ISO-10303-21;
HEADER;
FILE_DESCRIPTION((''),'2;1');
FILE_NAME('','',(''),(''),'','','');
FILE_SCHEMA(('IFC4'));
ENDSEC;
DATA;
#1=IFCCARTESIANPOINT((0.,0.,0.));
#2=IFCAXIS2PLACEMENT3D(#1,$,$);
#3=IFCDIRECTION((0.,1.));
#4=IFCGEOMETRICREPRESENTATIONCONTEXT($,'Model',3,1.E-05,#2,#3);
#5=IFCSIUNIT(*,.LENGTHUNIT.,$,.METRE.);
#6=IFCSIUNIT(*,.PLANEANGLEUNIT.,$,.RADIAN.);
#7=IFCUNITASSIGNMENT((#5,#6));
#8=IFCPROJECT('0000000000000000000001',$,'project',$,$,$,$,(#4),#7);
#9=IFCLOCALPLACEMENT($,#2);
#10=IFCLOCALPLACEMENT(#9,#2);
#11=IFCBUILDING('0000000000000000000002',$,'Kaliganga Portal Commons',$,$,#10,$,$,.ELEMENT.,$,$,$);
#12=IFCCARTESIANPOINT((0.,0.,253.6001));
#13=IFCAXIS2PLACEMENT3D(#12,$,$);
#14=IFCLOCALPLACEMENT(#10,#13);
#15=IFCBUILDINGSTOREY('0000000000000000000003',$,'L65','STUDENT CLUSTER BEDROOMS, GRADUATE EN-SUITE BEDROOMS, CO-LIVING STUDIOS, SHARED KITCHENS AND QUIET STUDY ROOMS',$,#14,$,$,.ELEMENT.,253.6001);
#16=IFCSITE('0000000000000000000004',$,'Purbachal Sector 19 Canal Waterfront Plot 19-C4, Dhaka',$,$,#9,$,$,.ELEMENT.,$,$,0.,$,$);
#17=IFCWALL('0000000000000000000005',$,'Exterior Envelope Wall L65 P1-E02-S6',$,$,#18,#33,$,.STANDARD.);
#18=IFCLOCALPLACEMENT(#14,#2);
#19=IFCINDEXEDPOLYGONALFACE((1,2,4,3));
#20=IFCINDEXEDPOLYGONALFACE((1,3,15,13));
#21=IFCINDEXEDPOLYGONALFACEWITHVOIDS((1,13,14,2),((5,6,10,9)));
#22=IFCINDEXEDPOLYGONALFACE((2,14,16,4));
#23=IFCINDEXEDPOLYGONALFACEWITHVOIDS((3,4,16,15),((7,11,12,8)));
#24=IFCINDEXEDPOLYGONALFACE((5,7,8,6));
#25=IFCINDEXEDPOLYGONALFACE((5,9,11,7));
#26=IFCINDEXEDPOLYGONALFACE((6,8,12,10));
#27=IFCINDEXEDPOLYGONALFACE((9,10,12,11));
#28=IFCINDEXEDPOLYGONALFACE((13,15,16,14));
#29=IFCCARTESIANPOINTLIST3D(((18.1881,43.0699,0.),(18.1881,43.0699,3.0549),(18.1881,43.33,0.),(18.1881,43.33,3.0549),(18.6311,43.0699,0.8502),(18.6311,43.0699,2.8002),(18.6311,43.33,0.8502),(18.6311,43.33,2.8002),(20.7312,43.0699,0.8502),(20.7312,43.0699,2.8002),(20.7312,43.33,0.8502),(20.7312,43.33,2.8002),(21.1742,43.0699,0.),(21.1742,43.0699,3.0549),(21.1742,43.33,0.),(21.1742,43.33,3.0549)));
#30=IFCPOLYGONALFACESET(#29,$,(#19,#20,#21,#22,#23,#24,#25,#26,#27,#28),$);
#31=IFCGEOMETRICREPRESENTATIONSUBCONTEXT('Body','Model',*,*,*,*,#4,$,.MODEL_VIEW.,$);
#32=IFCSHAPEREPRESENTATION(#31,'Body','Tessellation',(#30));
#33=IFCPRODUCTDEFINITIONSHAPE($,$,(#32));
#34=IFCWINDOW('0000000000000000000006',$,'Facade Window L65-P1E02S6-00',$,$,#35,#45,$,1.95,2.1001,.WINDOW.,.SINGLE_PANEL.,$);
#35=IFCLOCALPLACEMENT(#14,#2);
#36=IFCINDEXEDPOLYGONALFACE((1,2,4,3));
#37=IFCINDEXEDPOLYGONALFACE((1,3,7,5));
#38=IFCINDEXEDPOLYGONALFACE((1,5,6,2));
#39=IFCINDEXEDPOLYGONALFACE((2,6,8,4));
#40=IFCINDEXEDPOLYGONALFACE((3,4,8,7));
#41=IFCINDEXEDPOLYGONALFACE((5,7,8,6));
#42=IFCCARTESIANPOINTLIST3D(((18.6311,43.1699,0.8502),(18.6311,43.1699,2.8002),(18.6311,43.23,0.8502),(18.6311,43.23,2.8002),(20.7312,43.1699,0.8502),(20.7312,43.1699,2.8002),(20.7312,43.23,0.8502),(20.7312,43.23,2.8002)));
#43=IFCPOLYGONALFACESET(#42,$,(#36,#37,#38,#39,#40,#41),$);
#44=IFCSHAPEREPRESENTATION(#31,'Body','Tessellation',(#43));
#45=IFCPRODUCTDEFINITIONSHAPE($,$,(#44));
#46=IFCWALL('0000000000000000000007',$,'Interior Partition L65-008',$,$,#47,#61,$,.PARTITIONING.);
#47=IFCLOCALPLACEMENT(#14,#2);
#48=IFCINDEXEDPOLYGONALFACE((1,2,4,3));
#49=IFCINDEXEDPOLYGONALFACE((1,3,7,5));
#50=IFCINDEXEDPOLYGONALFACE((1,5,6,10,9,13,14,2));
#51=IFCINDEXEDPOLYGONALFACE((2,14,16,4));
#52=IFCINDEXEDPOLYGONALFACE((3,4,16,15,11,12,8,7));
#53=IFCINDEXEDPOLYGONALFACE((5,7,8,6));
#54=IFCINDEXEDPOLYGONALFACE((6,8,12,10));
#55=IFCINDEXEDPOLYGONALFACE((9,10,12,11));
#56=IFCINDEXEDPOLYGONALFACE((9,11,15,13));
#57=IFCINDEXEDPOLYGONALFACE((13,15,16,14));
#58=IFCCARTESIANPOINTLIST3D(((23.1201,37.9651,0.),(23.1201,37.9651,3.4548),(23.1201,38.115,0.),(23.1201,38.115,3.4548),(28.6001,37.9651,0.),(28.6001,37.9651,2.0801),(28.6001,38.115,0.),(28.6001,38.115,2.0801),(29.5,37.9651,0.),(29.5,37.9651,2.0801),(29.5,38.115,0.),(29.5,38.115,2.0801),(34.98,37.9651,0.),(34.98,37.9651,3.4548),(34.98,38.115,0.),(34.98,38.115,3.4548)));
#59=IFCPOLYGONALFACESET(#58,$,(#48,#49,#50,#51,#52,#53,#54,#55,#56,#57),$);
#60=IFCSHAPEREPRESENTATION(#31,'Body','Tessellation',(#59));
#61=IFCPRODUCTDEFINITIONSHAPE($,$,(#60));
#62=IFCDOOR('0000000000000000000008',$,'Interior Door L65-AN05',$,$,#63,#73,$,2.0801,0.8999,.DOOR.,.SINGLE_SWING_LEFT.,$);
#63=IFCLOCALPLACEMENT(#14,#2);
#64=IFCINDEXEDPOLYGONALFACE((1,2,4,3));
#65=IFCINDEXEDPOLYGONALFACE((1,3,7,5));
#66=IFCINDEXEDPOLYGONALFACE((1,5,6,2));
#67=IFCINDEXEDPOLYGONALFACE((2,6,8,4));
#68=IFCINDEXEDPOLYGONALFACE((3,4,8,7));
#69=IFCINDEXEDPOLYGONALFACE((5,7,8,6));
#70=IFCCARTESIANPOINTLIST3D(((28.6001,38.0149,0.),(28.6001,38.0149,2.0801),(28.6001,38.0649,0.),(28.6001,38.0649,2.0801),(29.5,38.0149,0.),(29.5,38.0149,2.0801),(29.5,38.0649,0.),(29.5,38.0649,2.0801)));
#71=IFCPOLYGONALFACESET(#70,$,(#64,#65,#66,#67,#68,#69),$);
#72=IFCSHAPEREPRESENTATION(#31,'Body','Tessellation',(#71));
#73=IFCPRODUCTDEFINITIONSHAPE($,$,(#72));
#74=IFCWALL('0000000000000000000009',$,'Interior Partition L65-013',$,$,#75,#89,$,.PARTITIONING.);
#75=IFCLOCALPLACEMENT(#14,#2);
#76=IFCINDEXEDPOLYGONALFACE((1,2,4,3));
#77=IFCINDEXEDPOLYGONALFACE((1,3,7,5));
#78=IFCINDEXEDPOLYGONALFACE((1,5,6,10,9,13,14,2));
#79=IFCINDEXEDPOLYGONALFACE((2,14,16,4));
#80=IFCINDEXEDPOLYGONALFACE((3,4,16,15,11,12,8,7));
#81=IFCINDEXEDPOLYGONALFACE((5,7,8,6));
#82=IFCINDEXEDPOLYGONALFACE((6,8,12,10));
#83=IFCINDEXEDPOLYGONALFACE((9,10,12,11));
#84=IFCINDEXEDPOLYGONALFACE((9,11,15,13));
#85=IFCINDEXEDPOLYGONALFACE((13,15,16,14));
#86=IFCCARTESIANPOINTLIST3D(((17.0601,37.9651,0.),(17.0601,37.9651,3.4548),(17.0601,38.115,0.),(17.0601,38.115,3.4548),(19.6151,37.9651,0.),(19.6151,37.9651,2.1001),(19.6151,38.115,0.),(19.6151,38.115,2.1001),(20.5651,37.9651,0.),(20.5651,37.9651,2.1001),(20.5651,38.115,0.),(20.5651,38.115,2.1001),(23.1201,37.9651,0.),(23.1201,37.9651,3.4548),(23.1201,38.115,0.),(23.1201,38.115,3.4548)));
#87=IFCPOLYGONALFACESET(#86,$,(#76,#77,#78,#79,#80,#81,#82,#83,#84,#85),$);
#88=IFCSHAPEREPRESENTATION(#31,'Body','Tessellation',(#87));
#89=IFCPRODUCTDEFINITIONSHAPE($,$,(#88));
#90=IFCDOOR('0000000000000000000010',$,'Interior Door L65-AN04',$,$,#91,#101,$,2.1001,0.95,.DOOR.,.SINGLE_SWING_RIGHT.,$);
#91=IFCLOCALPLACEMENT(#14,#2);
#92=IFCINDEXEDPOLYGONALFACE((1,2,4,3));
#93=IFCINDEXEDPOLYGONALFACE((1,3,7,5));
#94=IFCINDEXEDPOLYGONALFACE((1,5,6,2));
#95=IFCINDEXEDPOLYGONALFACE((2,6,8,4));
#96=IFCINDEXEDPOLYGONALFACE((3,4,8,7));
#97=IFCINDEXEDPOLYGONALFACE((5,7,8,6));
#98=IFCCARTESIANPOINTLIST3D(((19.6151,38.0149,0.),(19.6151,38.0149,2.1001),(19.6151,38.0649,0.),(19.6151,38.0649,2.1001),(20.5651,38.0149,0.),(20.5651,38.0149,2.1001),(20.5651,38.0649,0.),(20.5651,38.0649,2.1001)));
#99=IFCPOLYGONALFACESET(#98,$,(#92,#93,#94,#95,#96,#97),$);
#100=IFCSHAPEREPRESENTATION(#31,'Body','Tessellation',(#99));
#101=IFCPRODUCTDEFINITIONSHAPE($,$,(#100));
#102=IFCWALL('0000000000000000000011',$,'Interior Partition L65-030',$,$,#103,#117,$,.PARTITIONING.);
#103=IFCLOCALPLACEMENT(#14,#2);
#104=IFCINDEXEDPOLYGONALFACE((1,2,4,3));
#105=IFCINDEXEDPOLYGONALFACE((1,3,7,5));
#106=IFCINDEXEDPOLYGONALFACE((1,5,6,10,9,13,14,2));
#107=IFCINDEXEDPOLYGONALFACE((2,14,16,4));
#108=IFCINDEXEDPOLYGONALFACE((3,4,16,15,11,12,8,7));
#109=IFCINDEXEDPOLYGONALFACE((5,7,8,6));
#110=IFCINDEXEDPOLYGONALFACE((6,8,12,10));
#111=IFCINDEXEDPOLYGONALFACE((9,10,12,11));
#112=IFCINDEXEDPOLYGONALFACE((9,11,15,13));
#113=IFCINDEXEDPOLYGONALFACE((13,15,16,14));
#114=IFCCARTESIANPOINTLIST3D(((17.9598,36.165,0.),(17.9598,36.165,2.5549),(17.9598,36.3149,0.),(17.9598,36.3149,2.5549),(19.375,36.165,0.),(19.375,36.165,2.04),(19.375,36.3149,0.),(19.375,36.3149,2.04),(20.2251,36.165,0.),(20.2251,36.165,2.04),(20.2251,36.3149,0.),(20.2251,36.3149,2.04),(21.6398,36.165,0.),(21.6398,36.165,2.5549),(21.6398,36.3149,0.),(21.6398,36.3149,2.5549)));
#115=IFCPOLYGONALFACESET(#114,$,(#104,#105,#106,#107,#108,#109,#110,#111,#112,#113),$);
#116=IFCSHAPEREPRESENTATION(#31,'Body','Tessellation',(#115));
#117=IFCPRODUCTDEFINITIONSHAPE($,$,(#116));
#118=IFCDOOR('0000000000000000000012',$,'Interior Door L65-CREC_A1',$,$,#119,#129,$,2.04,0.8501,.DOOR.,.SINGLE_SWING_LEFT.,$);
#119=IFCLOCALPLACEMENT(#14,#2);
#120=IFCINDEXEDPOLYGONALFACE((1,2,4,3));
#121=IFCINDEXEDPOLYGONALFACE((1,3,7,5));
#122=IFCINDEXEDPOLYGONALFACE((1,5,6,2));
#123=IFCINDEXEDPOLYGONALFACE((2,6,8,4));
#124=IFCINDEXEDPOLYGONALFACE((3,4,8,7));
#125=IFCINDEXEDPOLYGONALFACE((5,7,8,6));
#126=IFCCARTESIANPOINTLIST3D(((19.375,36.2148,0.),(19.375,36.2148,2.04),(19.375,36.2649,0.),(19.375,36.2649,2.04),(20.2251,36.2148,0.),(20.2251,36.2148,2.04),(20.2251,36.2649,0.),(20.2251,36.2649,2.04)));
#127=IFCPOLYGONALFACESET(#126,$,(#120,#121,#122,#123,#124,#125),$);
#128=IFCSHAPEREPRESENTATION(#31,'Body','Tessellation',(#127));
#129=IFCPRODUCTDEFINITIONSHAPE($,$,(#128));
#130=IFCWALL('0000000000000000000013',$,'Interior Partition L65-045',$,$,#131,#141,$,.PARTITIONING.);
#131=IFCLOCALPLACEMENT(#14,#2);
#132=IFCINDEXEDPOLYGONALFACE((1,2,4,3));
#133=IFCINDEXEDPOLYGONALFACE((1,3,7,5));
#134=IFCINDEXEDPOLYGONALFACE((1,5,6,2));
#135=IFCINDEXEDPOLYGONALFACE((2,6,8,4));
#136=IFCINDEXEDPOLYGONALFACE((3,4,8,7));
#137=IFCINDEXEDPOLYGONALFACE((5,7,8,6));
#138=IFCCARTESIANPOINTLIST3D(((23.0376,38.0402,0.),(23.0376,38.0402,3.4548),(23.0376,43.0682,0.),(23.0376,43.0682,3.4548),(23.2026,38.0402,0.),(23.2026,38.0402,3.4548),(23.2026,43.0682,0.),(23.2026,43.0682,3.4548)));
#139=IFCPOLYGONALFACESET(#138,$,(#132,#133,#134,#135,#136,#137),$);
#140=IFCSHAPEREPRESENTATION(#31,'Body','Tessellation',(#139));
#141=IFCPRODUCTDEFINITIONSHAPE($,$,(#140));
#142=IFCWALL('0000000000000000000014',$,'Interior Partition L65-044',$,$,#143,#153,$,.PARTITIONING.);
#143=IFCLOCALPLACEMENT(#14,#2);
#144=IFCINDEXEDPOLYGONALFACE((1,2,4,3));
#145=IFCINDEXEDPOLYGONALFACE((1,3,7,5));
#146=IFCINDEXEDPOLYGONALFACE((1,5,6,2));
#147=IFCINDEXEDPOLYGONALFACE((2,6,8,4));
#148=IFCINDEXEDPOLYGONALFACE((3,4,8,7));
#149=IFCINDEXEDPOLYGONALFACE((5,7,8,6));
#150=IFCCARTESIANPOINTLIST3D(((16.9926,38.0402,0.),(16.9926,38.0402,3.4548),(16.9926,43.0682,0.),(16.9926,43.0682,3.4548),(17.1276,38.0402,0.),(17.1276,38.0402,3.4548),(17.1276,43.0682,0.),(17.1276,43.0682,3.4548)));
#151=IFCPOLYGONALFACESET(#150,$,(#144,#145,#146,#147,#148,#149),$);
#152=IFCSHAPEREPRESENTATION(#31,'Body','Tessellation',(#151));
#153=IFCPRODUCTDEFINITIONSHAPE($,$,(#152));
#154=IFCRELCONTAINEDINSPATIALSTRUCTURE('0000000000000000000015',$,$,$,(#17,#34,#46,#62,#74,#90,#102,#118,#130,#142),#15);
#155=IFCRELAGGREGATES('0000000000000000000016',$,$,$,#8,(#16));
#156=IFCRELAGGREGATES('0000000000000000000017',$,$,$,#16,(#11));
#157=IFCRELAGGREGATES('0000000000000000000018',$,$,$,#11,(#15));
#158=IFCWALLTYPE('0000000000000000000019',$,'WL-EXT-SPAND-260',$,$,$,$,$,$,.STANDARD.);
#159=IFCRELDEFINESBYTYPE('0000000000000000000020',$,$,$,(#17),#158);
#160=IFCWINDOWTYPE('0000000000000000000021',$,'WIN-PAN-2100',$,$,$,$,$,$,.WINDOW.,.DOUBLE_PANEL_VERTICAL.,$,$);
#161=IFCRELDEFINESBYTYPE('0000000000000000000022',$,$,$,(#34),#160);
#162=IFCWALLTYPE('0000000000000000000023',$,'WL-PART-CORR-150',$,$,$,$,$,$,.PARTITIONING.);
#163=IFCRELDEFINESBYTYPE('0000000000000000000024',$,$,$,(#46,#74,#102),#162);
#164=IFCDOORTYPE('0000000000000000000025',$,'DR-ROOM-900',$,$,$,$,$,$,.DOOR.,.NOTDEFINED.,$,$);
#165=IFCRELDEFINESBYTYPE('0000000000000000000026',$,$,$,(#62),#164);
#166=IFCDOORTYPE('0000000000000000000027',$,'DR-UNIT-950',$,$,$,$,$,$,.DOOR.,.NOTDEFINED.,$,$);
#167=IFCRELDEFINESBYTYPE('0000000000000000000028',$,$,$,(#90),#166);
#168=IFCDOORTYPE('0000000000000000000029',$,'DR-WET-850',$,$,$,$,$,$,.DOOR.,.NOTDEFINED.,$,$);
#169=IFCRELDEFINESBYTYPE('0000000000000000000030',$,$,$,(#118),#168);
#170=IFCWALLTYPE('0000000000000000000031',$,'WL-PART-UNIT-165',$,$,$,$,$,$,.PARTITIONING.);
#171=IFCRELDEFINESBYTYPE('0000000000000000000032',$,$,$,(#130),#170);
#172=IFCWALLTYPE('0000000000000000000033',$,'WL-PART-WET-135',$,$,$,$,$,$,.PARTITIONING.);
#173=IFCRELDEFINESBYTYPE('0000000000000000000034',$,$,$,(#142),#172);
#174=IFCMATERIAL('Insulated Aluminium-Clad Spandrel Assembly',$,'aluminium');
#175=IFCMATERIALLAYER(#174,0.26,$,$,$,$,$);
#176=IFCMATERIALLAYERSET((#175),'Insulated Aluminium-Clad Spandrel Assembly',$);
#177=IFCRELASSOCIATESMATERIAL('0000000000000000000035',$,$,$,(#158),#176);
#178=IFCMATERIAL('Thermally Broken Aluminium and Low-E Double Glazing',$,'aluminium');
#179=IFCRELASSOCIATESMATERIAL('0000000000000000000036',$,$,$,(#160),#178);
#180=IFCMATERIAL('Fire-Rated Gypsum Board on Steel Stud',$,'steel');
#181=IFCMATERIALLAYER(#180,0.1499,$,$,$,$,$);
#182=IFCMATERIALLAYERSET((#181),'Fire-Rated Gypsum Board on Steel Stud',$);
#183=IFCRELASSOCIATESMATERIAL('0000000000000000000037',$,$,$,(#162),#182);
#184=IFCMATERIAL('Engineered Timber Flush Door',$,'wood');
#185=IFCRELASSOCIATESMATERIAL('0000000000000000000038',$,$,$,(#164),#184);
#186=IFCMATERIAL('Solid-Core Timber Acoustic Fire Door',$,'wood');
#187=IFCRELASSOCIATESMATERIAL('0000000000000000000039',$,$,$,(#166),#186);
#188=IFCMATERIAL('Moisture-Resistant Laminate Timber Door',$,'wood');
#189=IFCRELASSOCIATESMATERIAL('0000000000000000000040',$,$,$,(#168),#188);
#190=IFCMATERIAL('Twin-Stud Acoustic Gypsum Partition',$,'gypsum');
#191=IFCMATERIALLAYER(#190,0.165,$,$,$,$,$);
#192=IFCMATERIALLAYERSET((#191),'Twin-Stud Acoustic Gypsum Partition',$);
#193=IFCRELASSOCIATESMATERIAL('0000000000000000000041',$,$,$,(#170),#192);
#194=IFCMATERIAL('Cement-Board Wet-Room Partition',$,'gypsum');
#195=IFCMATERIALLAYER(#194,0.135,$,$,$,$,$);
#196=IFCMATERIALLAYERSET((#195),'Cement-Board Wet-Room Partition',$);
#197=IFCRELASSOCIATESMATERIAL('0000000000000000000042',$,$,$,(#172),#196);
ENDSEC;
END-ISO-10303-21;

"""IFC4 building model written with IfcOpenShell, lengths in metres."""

from ifc_helpers import new_model, si_unit, direction, frame, frame_2d, origin, place, context, subcontext, project, spatial, rectangle, extrude, material, layer, layer_set, type_object, element, fill, save


model = new_model("IFC4")

# Units and contexts
model_context = context("Model", 3, precision=1e-05, world=origin(), true_north=direction((0.0, 1.0)))
body_context = subcontext(model_context, "Body", "Model", "MODEL_VIEW")
ifc_project = project(units=[si_unit("LENGTHUNIT", "METRE"), si_unit("PLANEANGLEUNIT", "RADIAN")], contexts=[model_context])

# Site, building, storey
site_placement = place(None, origin())
site = spatial("IfcSite", under=ifc_project, at=site_placement, Name="Purbachal Sector 19 Canal Waterfront Plot 19-C4, Dhaka", CompositionType="ELEMENT", RefElevation=0.0)
building_placement = place(site_placement, origin())
building = spatial("IfcBuilding", under=site, at=building_placement, Name="Kaliganga Portal Commons", CompositionType="ELEMENT")
storey_placement = place(building_placement, frame((0.0, 0.0, 253.6001)))
storey = spatial("IfcBuildingStorey", under=building, at=storey_placement, Name="L65", Description="STUDENT CLUSTER BEDROOMS, GRADUATE EN-SUITE BEDROOMS, CO-LIVING STUDIOS, SHARED KITCHENS AND QUIET STUDY ROOMS", CompositionType="ELEMENT", Elevation=253.6001)

# Wall, opening, window
ifc_material_1 = material(Name="Insulated Aluminium-Clad Spandrel Assembly", Category="aluminium")
ifc_layer_1 = layer(ifc_material_1, 0.26)
ifc_layer_set_1 = layer_set([ifc_layer_1], Name="Insulated Aluminium-Clad Spandrel Assembly")
wall_type_1 = type_object("IfcWallType", Name="WL-EXT-SPAND-260", PredefinedType="STANDARD", material=ifc_layer_set_1)
ifc_material_2 = material(Name="Thermally Broken Aluminium and Low-E Double Glazing", Category="aluminium")
window_type_1 = type_object("IfcWindowType", Name="WIN-PAN-2100", PartitioningType="DOUBLE_PANEL_VERTICAL", PredefinedType="WINDOW", material=ifc_material_2)
wall_1_placement = place(storey_placement, frame((18.188, 43.2, 0.0), z_axis=(0.0, 0.0, 1.0), x_axis=(1.0, 0.0, 0.0)))
wall_1 = element("IfcWall", 1, at=wall_1_placement, inside=storey, type_object=wall_type_1, Name="Exterior Envelope Wall L65 P1-E02-S6", PredefinedType="STANDARD", context=body_context, shape_type="SweptSolid", body=[
    extrude(rectangle(XDim=2.9861, YDim=0.26, at=frame_2d((1.4932, 0.0))), origin(), (0.0, 0.0, 1.0), 3.0549),
])
opening_1_placement = place(wall_1_placement, frame((0.4431, 0.0, 0.8501)))
opening_1 = element("IfcOpeningElement", 2, at=opening_1_placement, cuts=wall_1, PredefinedType="OPENING", context=body_context, shape_type="SweptSolid", body=[
    extrude(rectangle(XDim=2.1001, YDim=1.95, at=frame_2d((1.05, 0.9751))), frame((0.0, 0.1401, 0.0), z_axis=(0.0, -1.0, 0.0), x_axis=(1.0, 0.0, 0.0)), (0.0, 0.0, 1.0), 0.28),
])
window_1_placement = place(opening_1_placement, origin())
window_1 = element("IfcWindow", 3, at=window_1_placement, inside=storey, type_object=window_type_1, Name="Facade Window L65-P1E02S6-00", OverallHeight=1.95, OverallWidth=2.1001, PartitioningType="SINGLE_PANEL", PredefinedType="WINDOW", context=body_context, shape_type="SweptSolid", body=[
    extrude(rectangle(XDim=2.1001, YDim=1.95, at=frame_2d((1.05, 0.9751))), frame((0.0, 0.03, 0.0), z_axis=(0.0, -1.0, 0.0), x_axis=(1.0, 0.0, 0.0)), (0.0, 0.0, 1.0), 0.0601),
])
fill(opening_1, window_1)

# Walls, openings, doors
ifc_material_3 = material(Name="Fire-Rated Gypsum Board on Steel Stud", Category="steel")
ifc_layer_2 = layer(ifc_material_3, 0.1499)
ifc_layer_set_2 = layer_set([ifc_layer_2], Name="Fire-Rated Gypsum Board on Steel Stud")
wall_type_2 = type_object("IfcWallType", Name="WL-PART-CORR-150", PredefinedType="PARTITIONING", material=ifc_layer_set_2)
wall_2_placement = place(storey_placement, frame((23.1201, 38.04, 0.0), z_axis=(0.0, 0.0, 1.0), x_axis=(1.0, 0.0, 0.0)))
wall_2 = element("IfcWall", 4, at=wall_2_placement, inside=storey, type_object=wall_type_2, Name="Interior Partition L65-008", PredefinedType="PARTITIONING", context=body_context, shape_type="SweptSolid", body=[
    extrude(rectangle(XDim=11.8599, YDim=0.1499, at=frame_2d((5.9299, 0.0))), origin(), (0.0, 0.0, 1.0), 3.4548),
])
opening_2_placement = place(wall_2_placement, frame((5.48, 0.0, 0.0)))
opening_2 = element("IfcOpeningElement", 5, at=opening_2_placement, cuts=wall_2, PredefinedType="OPENING", context=body_context, shape_type="SweptSolid", body=[
    extrude(rectangle(XDim=0.8999, YDim=2.0801, at=frame_2d((0.45, 1.04))), frame((0.0, 0.085, 0.0), z_axis=(0.0, -1.0, 0.0), x_axis=(1.0, 0.0, 0.0)), (0.0, 0.0, 1.0), 0.1699),
])
ifc_material_4 = material(Name="Engineered Timber Flush Door", Category="wood")
door_type_1 = type_object("IfcDoorType", Name="DR-ROOM-900", OperationType="NOTDEFINED", PredefinedType="DOOR", material=ifc_material_4)
door_1_placement = place(opening_2_placement, origin())
door_1 = element("IfcDoor", 6, at=door_1_placement, inside=storey, type_object=door_type_1, Name="Interior Door L65-AN05", OperationType="SINGLE_SWING_LEFT", OverallHeight=2.0801, OverallWidth=0.8999, PredefinedType="DOOR", context=body_context, shape_type="SweptSolid", body=[
    extrude(rectangle(XDim=0.8999, YDim=2.0801, at=frame_2d((0.45, 1.04))), frame((0.0, 0.0249, 0.0), z_axis=(0.0, -1.0, 0.0), x_axis=(1.0, 0.0, 0.0)), (0.0, 0.0, 1.0), 0.05),
])
fill(opening_2, door_1)
wall_3_placement = place(storey_placement, frame((17.0601, 38.04, 0.0), z_axis=(0.0, 0.0, 1.0), x_axis=(1.0, 0.0, 0.0)))
wall_3 = element("IfcWall", 7, at=wall_3_placement, inside=storey, type_object=wall_type_2, Name="Interior Partition L65-013", PredefinedType="PARTITIONING", context=body_context, shape_type="SweptSolid", body=[
    extrude(rectangle(XDim=6.0601, YDim=0.1499, at=frame_2d((3.03, 0.0))), origin(), (0.0, 0.0, 1.0), 3.4548),
])
opening_3_placement = place(wall_3_placement, frame((2.5549, 0.0, 0.0)))
opening_3 = element("IfcOpeningElement", 8, at=opening_3_placement, cuts=wall_3, PredefinedType="OPENING", context=body_context, shape_type="SweptSolid", body=[
    extrude(rectangle(XDim=0.95, YDim=2.1001, at=frame_2d((0.4751, 1.05))), frame((0.0, 0.085, 0.0), z_axis=(0.0, -1.0, 0.0), x_axis=(1.0, 0.0, 0.0)), (0.0, 0.0, 1.0), 0.1699),
])
ifc_material_5 = material(Name="Solid-Core Timber Acoustic Fire Door", Category="wood")
door_type_2 = type_object("IfcDoorType", Name="DR-UNIT-950", OperationType="NOTDEFINED", PredefinedType="DOOR", material=ifc_material_5)
door_2_placement = place(opening_3_placement, origin())
door_2 = element("IfcDoor", 9, at=door_2_placement, inside=storey, type_object=door_type_2, Name="Interior Door L65-AN04", OperationType="SINGLE_SWING_RIGHT", OverallHeight=2.1001, OverallWidth=0.95, PredefinedType="DOOR", context=body_context, shape_type="SweptSolid", body=[
    extrude(rectangle(XDim=0.95, YDim=2.1001, at=frame_2d((0.4751, 1.05))), frame((0.0, 0.0249, 0.0), z_axis=(0.0, -1.0, 0.0), x_axis=(1.0, 0.0, 0.0)), (0.0, 0.0, 1.0), 0.05),
])
fill(opening_3, door_2)
wall_4_placement = place(storey_placement, frame((17.96, 36.24, 0.0), z_axis=(0.0, 0.0, 1.0), x_axis=(1.0, 0.0, 0.0)))
wall_4 = element("IfcWall", 10, at=wall_4_placement, inside=storey, type_object=wall_type_2, Name="Interior Partition L65-030", PredefinedType="PARTITIONING", context=body_context, shape_type="SweptSolid", body=[
    extrude(rectangle(XDim=3.6799, YDim=0.1499, at=frame_2d((1.8398, 0.0))), origin(), (0.0, 0.0, 1.0), 2.5549),
])
opening_4_placement = place(wall_4_placement, frame((1.415, 0.0, 0.0)))
opening_4 = element("IfcOpeningElement", 11, at=opening_4_placement, cuts=wall_4, PredefinedType="OPENING", context=body_context, shape_type="SweptSolid", body=[
    extrude(rectangle(XDim=0.8501, YDim=2.04, at=frame_2d((0.425, 1.02))), frame((0.0, 0.085, 0.0), z_axis=(0.0, -1.0, 0.0), x_axis=(1.0, 0.0, 0.0)), (0.0, 0.0, 1.0), 0.1699),
])
ifc_material_6 = material(Name="Moisture-Resistant Laminate Timber Door", Category="wood")
door_type_3 = type_object("IfcDoorType", Name="DR-WET-850", OperationType="NOTDEFINED", PredefinedType="DOOR", material=ifc_material_6)
door_3_placement = place(opening_4_placement, origin())
door_3 = element("IfcDoor", 12, at=door_3_placement, inside=storey, type_object=door_type_3, Name="Interior Door L65-CREC_A1", OperationType="SINGLE_SWING_LEFT", OverallHeight=2.04, OverallWidth=0.8501, PredefinedType="DOOR", context=body_context, shape_type="SweptSolid", body=[
    extrude(rectangle(XDim=0.8501, YDim=2.04, at=frame_2d((0.425, 1.02))), frame((0.0, 0.0249, 0.0), z_axis=(0.0, -1.0, 0.0), x_axis=(1.0, 0.0, 0.0)), (0.0, 0.0, 1.0), 0.05),
])
fill(opening_4, door_3)

# Walls
ifc_material_7 = material(Name="Twin-Stud Acoustic Gypsum Partition", Category="gypsum")
ifc_layer_3 = layer(ifc_material_7, 0.165)
ifc_layer_set_3 = layer_set([ifc_layer_3], Name="Twin-Stud Acoustic Gypsum Partition")
wall_type_3 = type_object("IfcWallType", Name="WL-PART-UNIT-165", PredefinedType="PARTITIONING", material=ifc_layer_set_3)
wall_5_placement = place(storey_placement, frame((23.1201, 38.04, 0.0), z_axis=(0.0, 0.0, 1.0), x_axis=(0.0, 1.0, 0.0)))
element("IfcWall", 13, at=wall_5_placement, inside=storey, type_object=wall_type_3, Name="Interior Partition L65-045", PredefinedType="PARTITIONING", context=body_context, shape_type="SweptSolid", body=[
    extrude(rectangle(XDim=5.0281, YDim=0.165, at=frame_2d((2.5142, 0.0))), origin(), (0.0, 0.0, 1.0), 3.4548),
])
ifc_material_8 = material(Name="Cement-Board Wet-Room Partition", Category="gypsum")
ifc_layer_4 = layer(ifc_material_8, 0.135)
ifc_layer_set_4 = layer_set([ifc_layer_4], Name="Cement-Board Wet-Room Partition")
wall_type_4 = type_object("IfcWallType", Name="WL-PART-WET-135", PredefinedType="PARTITIONING", material=ifc_layer_set_4)
wall_6_placement = place(storey_placement, frame((17.0601, 38.04, 0.0), z_axis=(0.0, 0.0, 1.0), x_axis=(0.0, 1.0, 0.0)))
element("IfcWall", 14, at=wall_6_placement, inside=storey, type_object=wall_type_4, Name="Interior Partition L65-044", PredefinedType="PARTITIONING", context=body_context, shape_type="SweptSolid", body=[
    extrude(rectangle(XDim=5.0281, YDim=0.135, at=frame_2d((2.5142, 0.0))), origin(), (0.0, 0.0, 1.0), 3.4548),
])

save(model, "model.ifc")
